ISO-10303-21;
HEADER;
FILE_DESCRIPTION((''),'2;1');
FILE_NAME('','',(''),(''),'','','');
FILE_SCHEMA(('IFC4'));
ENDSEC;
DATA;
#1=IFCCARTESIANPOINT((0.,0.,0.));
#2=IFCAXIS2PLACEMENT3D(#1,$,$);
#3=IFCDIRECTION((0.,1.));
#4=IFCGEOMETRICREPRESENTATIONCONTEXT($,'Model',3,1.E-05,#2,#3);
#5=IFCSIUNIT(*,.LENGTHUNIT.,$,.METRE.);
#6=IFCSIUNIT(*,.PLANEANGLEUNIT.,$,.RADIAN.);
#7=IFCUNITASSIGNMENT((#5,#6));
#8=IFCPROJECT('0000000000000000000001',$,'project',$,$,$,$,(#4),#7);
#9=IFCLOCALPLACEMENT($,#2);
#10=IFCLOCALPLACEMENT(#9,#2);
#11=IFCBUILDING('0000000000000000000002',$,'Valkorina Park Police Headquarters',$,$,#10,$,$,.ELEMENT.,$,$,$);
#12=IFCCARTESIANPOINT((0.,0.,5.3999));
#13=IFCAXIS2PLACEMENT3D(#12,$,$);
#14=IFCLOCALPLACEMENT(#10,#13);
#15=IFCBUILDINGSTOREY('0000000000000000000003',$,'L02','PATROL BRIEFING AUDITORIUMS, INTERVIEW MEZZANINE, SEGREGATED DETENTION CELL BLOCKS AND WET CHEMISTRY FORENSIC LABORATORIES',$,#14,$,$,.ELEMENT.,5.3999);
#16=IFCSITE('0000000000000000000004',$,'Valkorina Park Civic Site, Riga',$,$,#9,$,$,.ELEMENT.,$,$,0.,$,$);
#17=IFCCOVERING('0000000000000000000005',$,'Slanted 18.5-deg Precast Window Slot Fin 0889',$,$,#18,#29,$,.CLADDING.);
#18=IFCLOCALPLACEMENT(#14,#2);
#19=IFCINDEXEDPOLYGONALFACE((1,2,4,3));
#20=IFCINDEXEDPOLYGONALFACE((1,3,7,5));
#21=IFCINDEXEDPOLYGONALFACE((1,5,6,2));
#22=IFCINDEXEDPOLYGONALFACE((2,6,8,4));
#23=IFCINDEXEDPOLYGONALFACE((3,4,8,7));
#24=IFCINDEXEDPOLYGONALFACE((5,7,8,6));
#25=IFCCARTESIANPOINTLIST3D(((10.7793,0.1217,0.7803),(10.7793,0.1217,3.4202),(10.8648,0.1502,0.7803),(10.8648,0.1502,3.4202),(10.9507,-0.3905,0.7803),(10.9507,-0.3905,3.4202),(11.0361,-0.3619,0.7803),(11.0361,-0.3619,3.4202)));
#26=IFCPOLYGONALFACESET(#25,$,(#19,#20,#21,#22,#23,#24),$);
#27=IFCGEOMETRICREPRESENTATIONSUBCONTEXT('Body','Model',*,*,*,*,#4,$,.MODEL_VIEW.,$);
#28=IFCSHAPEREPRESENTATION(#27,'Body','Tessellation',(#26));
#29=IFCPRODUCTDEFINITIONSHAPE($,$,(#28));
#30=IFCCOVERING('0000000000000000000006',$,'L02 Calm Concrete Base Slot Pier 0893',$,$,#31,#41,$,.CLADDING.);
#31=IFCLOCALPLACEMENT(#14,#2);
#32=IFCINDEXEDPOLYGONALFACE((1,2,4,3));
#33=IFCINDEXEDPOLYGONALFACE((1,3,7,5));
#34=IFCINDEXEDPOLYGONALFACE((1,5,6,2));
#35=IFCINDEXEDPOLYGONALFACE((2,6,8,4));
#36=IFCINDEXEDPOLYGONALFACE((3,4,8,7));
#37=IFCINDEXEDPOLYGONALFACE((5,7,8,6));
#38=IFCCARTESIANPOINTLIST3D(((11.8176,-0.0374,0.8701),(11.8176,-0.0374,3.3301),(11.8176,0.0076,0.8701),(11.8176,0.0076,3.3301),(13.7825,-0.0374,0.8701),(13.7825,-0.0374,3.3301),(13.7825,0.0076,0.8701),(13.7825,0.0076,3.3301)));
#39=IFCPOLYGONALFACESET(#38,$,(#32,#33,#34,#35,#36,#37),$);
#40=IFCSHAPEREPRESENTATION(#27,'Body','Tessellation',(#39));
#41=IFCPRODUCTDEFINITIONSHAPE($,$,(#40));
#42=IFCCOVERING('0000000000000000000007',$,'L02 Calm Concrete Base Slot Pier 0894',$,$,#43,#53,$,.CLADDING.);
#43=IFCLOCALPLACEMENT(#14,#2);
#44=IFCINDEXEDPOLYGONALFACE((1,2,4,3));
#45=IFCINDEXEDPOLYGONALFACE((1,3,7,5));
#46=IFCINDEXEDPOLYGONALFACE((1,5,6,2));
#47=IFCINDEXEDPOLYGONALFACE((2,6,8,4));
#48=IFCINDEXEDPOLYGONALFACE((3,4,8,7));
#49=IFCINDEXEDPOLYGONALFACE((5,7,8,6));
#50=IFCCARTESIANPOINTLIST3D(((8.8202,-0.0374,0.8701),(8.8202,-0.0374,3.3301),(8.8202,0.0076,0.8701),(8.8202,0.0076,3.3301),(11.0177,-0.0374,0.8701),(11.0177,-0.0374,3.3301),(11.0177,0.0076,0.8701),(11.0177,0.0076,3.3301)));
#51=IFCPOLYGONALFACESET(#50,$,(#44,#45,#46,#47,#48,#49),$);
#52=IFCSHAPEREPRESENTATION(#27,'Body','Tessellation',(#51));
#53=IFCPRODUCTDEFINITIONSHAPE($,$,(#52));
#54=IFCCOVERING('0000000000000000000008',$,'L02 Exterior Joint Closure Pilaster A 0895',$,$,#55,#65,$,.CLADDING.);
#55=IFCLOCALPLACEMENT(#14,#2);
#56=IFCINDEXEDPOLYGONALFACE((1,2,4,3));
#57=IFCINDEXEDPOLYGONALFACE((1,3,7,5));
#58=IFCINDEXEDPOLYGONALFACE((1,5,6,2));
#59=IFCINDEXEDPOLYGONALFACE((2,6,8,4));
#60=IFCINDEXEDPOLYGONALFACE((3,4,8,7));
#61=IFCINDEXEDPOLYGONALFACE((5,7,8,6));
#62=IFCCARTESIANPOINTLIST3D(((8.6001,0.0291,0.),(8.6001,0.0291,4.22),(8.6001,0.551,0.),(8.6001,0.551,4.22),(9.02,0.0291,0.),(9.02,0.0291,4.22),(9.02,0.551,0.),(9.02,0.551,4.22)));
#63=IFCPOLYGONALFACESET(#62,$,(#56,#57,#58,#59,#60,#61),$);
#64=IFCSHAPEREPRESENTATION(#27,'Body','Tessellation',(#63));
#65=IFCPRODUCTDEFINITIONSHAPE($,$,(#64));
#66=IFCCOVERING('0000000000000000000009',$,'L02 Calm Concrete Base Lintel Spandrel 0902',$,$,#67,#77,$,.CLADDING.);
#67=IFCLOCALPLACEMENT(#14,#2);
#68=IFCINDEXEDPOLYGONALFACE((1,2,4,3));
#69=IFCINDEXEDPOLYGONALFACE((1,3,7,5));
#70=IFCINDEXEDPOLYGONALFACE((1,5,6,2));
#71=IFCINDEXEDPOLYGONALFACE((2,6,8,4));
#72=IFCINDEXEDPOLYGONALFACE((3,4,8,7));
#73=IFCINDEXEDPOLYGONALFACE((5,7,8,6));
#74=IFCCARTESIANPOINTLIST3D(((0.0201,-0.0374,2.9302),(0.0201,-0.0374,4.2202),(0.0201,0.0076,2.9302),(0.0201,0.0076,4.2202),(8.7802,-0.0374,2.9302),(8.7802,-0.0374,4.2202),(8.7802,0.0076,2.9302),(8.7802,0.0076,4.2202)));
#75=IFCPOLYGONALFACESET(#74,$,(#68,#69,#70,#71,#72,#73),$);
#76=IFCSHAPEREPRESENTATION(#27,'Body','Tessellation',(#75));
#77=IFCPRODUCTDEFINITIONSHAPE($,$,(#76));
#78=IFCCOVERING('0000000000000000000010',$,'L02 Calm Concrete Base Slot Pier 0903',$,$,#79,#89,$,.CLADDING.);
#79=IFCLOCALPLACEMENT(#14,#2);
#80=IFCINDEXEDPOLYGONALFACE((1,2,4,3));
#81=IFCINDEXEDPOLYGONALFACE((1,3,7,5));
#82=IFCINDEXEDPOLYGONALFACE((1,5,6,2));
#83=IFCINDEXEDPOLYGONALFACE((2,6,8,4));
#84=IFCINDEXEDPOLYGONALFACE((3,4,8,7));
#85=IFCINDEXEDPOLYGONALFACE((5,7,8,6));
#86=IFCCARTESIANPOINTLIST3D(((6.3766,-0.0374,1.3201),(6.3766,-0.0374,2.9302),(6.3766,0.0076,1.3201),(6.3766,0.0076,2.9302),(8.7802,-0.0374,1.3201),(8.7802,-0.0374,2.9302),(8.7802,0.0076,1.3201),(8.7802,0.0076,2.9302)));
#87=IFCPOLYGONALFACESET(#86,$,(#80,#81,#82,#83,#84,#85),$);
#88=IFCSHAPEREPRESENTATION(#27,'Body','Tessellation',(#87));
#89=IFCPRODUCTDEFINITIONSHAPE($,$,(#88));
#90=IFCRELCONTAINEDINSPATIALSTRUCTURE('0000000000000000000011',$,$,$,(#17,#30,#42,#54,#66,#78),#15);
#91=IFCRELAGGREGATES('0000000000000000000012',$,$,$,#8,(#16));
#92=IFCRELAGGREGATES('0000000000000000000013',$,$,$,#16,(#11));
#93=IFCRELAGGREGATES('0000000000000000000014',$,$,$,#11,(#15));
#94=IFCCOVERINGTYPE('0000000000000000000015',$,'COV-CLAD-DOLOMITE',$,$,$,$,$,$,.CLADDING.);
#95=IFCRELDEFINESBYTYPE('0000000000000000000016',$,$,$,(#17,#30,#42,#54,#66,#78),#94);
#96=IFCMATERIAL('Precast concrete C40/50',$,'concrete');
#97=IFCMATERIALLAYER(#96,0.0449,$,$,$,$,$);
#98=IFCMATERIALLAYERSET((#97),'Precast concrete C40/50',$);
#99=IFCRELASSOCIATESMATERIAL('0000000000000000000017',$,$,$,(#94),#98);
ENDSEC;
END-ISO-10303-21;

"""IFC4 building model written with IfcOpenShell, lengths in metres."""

from ifc_helpers import new_model, si_unit, direction, frame, frame_2d, origin, origin_2d, place, context, subcontext, project, spatial, rectangle, extrude, material, layer, layer_set, type_object, element, save


model = new_model("IFC4")

# Units and contexts
model_context = context("Model", 3, precision=1e-05, world=origin(), true_north=direction((0.0, 1.0)))
body_context = subcontext(model_context, "Body", "Model", "MODEL_VIEW")
ifc_project = project(units=[si_unit("LENGTHUNIT", "METRE"), si_unit("PLANEANGLEUNIT", "RADIAN")], contexts=[model_context])

# Site, building, storey
site_placement = place(None, origin())
site = spatial("IfcSite", under=ifc_project, at=site_placement, Name="Valkorina Park Civic Site, Riga", CompositionType="ELEMENT", RefElevation=0.0)
building_placement = place(site_placement, origin())
building = spatial("IfcBuilding", under=site, at=building_placement, Name="Valkorina Park Police Headquarters", CompositionType="ELEMENT")
storey_placement = place(building_placement, frame((0.0, 0.0, 5.3999)))
storey = spatial("IfcBuildingStorey", under=building, at=storey_placement, Name="L02", Description="PATROL BRIEFING AUDITORIUMS, INTERVIEW MEZZANINE, SEGREGATED DETENTION CELL BLOCKS AND WET CHEMISTRY FORENSIC LABORATORIES", CompositionType="ELEMENT", Elevation=5.3999)

# Coverings
ifc_material_1 = material(Name="Precast concrete C40/50", Category="concrete")
ifc_layer_1 = layer(ifc_material_1, 0.0449)
ifc_layer_set_1 = layer_set([ifc_layer_1], Name="Precast concrete C40/50")
covering_type = type_object("IfcCoveringType", Name="COV-CLAD-DOLOMITE", PredefinedType="CLADDING", material=ifc_layer_set_1)
for number, where, z_axis, x_axis, name in (
    (1, (10.9077, -0.1201, 0.7803), (0.0, 0.0, 1.0), (0.317305, -0.948324, 0.0), "Slanted 18.5-deg Precast Window Slot Fin 0889"),
):
    element("IfcCovering", number, at=place(storey_placement, frame(where, z_axis=z_axis, x_axis=x_axis)), inside=storey, type_object=covering_type, Name=name, PredefinedType="CLADDING", context=body_context, shape_type="SweptSolid", body=[
        extrude(rectangle(XDim=0.54, YDim=0.0901, at=origin_2d()), origin(), (0.0, 0.0, 1.0), 2.6399),
    ])
covering_1_placement = place(storey_placement, frame((13.7825, -0.0149, 0.8701), z_axis=(0.0, 0.0, 1.0), x_axis=(-1.0, 0.0, 0.0)))
element("IfcCovering", 2, at=covering_1_placement, inside=storey, type_object=covering_type, Name="L02 Calm Concrete Base Slot Pier 0893", PredefinedType="CLADDING", context=body_context, shape_type="SweptSolid", body=[
    extrude(rectangle(XDim=1.9648, YDim=0.0449, at=frame_2d((0.9824, 0.0))), origin(), (0.0, 0.0, 1.0), 2.46),
])
covering_2_placement = place(storey_placement, frame((11.0176, -0.0149, 0.8701), z_axis=(0.0, 0.0, 1.0), x_axis=(-1.0, 0.0, 0.0)))
element("IfcCovering", 3, at=covering_2_placement, inside=storey, type_object=covering_type, Name="L02 Calm Concrete Base Slot Pier 0894", PredefinedType="CLADDING", context=body_context, shape_type="SweptSolid", body=[
    extrude(rectangle(XDim=2.1975, YDim=0.0449, at=frame_2d((1.0986, 0.0))), origin(), (0.0, 0.0, 1.0), 2.46),
])
covering_3_placement = place(storey_placement, frame((8.8101, 0.29, 0.0), z_axis=(0.0, 0.0, 1.0), x_axis=(1.0, 0.0, 0.0)))
element("IfcCovering", 4, at=covering_3_placement, inside=storey, type_object=covering_type, Name="L02 Exterior Joint Closure Pilaster A 0895", PredefinedType="CLADDING", context=body_context, shape_type="SweptSolid", body=[
    extrude(rectangle(XDim=0.4199, YDim=0.522, at=origin_2d()), origin(), (0.0, 0.0, 1.0), 4.22),
])
covering_4_placement = place(storey_placement, frame((8.78, -0.0149, 2.9302), z_axis=(0.0, 0.0, 1.0), x_axis=(-1.0, 0.0, 0.0)))
element("IfcCovering", 5, at=covering_4_placement, inside=storey, type_object=covering_type, Name="L02 Calm Concrete Base Lintel Spandrel 0902", PredefinedType="CLADDING", context=body_context, shape_type="SweptSolid", body=[
    extrude(rectangle(XDim=8.76, YDim=0.0449, at=frame_2d((4.3799, 0.0))), origin(), (0.0, 0.0, 1.0), 1.29),
])
covering_5_placement = place(storey_placement, frame((8.78, -0.0149, 1.3201), z_axis=(0.0, 0.0, 1.0), x_axis=(-1.0, 0.0, 0.0)))
element("IfcCovering", 6, at=covering_5_placement, inside=storey, type_object=covering_type, Name="L02 Calm Concrete Base Slot Pier 0903", PredefinedType="CLADDING", context=body_context, shape_type="SweptSolid", body=[
    extrude(rectangle(XDim=2.4036, YDim=0.0449, at=frame_2d((1.2017, 0.0))), origin(), (0.0, 0.0, 1.0), 1.6101),
])

save(model, "model.ifc")
